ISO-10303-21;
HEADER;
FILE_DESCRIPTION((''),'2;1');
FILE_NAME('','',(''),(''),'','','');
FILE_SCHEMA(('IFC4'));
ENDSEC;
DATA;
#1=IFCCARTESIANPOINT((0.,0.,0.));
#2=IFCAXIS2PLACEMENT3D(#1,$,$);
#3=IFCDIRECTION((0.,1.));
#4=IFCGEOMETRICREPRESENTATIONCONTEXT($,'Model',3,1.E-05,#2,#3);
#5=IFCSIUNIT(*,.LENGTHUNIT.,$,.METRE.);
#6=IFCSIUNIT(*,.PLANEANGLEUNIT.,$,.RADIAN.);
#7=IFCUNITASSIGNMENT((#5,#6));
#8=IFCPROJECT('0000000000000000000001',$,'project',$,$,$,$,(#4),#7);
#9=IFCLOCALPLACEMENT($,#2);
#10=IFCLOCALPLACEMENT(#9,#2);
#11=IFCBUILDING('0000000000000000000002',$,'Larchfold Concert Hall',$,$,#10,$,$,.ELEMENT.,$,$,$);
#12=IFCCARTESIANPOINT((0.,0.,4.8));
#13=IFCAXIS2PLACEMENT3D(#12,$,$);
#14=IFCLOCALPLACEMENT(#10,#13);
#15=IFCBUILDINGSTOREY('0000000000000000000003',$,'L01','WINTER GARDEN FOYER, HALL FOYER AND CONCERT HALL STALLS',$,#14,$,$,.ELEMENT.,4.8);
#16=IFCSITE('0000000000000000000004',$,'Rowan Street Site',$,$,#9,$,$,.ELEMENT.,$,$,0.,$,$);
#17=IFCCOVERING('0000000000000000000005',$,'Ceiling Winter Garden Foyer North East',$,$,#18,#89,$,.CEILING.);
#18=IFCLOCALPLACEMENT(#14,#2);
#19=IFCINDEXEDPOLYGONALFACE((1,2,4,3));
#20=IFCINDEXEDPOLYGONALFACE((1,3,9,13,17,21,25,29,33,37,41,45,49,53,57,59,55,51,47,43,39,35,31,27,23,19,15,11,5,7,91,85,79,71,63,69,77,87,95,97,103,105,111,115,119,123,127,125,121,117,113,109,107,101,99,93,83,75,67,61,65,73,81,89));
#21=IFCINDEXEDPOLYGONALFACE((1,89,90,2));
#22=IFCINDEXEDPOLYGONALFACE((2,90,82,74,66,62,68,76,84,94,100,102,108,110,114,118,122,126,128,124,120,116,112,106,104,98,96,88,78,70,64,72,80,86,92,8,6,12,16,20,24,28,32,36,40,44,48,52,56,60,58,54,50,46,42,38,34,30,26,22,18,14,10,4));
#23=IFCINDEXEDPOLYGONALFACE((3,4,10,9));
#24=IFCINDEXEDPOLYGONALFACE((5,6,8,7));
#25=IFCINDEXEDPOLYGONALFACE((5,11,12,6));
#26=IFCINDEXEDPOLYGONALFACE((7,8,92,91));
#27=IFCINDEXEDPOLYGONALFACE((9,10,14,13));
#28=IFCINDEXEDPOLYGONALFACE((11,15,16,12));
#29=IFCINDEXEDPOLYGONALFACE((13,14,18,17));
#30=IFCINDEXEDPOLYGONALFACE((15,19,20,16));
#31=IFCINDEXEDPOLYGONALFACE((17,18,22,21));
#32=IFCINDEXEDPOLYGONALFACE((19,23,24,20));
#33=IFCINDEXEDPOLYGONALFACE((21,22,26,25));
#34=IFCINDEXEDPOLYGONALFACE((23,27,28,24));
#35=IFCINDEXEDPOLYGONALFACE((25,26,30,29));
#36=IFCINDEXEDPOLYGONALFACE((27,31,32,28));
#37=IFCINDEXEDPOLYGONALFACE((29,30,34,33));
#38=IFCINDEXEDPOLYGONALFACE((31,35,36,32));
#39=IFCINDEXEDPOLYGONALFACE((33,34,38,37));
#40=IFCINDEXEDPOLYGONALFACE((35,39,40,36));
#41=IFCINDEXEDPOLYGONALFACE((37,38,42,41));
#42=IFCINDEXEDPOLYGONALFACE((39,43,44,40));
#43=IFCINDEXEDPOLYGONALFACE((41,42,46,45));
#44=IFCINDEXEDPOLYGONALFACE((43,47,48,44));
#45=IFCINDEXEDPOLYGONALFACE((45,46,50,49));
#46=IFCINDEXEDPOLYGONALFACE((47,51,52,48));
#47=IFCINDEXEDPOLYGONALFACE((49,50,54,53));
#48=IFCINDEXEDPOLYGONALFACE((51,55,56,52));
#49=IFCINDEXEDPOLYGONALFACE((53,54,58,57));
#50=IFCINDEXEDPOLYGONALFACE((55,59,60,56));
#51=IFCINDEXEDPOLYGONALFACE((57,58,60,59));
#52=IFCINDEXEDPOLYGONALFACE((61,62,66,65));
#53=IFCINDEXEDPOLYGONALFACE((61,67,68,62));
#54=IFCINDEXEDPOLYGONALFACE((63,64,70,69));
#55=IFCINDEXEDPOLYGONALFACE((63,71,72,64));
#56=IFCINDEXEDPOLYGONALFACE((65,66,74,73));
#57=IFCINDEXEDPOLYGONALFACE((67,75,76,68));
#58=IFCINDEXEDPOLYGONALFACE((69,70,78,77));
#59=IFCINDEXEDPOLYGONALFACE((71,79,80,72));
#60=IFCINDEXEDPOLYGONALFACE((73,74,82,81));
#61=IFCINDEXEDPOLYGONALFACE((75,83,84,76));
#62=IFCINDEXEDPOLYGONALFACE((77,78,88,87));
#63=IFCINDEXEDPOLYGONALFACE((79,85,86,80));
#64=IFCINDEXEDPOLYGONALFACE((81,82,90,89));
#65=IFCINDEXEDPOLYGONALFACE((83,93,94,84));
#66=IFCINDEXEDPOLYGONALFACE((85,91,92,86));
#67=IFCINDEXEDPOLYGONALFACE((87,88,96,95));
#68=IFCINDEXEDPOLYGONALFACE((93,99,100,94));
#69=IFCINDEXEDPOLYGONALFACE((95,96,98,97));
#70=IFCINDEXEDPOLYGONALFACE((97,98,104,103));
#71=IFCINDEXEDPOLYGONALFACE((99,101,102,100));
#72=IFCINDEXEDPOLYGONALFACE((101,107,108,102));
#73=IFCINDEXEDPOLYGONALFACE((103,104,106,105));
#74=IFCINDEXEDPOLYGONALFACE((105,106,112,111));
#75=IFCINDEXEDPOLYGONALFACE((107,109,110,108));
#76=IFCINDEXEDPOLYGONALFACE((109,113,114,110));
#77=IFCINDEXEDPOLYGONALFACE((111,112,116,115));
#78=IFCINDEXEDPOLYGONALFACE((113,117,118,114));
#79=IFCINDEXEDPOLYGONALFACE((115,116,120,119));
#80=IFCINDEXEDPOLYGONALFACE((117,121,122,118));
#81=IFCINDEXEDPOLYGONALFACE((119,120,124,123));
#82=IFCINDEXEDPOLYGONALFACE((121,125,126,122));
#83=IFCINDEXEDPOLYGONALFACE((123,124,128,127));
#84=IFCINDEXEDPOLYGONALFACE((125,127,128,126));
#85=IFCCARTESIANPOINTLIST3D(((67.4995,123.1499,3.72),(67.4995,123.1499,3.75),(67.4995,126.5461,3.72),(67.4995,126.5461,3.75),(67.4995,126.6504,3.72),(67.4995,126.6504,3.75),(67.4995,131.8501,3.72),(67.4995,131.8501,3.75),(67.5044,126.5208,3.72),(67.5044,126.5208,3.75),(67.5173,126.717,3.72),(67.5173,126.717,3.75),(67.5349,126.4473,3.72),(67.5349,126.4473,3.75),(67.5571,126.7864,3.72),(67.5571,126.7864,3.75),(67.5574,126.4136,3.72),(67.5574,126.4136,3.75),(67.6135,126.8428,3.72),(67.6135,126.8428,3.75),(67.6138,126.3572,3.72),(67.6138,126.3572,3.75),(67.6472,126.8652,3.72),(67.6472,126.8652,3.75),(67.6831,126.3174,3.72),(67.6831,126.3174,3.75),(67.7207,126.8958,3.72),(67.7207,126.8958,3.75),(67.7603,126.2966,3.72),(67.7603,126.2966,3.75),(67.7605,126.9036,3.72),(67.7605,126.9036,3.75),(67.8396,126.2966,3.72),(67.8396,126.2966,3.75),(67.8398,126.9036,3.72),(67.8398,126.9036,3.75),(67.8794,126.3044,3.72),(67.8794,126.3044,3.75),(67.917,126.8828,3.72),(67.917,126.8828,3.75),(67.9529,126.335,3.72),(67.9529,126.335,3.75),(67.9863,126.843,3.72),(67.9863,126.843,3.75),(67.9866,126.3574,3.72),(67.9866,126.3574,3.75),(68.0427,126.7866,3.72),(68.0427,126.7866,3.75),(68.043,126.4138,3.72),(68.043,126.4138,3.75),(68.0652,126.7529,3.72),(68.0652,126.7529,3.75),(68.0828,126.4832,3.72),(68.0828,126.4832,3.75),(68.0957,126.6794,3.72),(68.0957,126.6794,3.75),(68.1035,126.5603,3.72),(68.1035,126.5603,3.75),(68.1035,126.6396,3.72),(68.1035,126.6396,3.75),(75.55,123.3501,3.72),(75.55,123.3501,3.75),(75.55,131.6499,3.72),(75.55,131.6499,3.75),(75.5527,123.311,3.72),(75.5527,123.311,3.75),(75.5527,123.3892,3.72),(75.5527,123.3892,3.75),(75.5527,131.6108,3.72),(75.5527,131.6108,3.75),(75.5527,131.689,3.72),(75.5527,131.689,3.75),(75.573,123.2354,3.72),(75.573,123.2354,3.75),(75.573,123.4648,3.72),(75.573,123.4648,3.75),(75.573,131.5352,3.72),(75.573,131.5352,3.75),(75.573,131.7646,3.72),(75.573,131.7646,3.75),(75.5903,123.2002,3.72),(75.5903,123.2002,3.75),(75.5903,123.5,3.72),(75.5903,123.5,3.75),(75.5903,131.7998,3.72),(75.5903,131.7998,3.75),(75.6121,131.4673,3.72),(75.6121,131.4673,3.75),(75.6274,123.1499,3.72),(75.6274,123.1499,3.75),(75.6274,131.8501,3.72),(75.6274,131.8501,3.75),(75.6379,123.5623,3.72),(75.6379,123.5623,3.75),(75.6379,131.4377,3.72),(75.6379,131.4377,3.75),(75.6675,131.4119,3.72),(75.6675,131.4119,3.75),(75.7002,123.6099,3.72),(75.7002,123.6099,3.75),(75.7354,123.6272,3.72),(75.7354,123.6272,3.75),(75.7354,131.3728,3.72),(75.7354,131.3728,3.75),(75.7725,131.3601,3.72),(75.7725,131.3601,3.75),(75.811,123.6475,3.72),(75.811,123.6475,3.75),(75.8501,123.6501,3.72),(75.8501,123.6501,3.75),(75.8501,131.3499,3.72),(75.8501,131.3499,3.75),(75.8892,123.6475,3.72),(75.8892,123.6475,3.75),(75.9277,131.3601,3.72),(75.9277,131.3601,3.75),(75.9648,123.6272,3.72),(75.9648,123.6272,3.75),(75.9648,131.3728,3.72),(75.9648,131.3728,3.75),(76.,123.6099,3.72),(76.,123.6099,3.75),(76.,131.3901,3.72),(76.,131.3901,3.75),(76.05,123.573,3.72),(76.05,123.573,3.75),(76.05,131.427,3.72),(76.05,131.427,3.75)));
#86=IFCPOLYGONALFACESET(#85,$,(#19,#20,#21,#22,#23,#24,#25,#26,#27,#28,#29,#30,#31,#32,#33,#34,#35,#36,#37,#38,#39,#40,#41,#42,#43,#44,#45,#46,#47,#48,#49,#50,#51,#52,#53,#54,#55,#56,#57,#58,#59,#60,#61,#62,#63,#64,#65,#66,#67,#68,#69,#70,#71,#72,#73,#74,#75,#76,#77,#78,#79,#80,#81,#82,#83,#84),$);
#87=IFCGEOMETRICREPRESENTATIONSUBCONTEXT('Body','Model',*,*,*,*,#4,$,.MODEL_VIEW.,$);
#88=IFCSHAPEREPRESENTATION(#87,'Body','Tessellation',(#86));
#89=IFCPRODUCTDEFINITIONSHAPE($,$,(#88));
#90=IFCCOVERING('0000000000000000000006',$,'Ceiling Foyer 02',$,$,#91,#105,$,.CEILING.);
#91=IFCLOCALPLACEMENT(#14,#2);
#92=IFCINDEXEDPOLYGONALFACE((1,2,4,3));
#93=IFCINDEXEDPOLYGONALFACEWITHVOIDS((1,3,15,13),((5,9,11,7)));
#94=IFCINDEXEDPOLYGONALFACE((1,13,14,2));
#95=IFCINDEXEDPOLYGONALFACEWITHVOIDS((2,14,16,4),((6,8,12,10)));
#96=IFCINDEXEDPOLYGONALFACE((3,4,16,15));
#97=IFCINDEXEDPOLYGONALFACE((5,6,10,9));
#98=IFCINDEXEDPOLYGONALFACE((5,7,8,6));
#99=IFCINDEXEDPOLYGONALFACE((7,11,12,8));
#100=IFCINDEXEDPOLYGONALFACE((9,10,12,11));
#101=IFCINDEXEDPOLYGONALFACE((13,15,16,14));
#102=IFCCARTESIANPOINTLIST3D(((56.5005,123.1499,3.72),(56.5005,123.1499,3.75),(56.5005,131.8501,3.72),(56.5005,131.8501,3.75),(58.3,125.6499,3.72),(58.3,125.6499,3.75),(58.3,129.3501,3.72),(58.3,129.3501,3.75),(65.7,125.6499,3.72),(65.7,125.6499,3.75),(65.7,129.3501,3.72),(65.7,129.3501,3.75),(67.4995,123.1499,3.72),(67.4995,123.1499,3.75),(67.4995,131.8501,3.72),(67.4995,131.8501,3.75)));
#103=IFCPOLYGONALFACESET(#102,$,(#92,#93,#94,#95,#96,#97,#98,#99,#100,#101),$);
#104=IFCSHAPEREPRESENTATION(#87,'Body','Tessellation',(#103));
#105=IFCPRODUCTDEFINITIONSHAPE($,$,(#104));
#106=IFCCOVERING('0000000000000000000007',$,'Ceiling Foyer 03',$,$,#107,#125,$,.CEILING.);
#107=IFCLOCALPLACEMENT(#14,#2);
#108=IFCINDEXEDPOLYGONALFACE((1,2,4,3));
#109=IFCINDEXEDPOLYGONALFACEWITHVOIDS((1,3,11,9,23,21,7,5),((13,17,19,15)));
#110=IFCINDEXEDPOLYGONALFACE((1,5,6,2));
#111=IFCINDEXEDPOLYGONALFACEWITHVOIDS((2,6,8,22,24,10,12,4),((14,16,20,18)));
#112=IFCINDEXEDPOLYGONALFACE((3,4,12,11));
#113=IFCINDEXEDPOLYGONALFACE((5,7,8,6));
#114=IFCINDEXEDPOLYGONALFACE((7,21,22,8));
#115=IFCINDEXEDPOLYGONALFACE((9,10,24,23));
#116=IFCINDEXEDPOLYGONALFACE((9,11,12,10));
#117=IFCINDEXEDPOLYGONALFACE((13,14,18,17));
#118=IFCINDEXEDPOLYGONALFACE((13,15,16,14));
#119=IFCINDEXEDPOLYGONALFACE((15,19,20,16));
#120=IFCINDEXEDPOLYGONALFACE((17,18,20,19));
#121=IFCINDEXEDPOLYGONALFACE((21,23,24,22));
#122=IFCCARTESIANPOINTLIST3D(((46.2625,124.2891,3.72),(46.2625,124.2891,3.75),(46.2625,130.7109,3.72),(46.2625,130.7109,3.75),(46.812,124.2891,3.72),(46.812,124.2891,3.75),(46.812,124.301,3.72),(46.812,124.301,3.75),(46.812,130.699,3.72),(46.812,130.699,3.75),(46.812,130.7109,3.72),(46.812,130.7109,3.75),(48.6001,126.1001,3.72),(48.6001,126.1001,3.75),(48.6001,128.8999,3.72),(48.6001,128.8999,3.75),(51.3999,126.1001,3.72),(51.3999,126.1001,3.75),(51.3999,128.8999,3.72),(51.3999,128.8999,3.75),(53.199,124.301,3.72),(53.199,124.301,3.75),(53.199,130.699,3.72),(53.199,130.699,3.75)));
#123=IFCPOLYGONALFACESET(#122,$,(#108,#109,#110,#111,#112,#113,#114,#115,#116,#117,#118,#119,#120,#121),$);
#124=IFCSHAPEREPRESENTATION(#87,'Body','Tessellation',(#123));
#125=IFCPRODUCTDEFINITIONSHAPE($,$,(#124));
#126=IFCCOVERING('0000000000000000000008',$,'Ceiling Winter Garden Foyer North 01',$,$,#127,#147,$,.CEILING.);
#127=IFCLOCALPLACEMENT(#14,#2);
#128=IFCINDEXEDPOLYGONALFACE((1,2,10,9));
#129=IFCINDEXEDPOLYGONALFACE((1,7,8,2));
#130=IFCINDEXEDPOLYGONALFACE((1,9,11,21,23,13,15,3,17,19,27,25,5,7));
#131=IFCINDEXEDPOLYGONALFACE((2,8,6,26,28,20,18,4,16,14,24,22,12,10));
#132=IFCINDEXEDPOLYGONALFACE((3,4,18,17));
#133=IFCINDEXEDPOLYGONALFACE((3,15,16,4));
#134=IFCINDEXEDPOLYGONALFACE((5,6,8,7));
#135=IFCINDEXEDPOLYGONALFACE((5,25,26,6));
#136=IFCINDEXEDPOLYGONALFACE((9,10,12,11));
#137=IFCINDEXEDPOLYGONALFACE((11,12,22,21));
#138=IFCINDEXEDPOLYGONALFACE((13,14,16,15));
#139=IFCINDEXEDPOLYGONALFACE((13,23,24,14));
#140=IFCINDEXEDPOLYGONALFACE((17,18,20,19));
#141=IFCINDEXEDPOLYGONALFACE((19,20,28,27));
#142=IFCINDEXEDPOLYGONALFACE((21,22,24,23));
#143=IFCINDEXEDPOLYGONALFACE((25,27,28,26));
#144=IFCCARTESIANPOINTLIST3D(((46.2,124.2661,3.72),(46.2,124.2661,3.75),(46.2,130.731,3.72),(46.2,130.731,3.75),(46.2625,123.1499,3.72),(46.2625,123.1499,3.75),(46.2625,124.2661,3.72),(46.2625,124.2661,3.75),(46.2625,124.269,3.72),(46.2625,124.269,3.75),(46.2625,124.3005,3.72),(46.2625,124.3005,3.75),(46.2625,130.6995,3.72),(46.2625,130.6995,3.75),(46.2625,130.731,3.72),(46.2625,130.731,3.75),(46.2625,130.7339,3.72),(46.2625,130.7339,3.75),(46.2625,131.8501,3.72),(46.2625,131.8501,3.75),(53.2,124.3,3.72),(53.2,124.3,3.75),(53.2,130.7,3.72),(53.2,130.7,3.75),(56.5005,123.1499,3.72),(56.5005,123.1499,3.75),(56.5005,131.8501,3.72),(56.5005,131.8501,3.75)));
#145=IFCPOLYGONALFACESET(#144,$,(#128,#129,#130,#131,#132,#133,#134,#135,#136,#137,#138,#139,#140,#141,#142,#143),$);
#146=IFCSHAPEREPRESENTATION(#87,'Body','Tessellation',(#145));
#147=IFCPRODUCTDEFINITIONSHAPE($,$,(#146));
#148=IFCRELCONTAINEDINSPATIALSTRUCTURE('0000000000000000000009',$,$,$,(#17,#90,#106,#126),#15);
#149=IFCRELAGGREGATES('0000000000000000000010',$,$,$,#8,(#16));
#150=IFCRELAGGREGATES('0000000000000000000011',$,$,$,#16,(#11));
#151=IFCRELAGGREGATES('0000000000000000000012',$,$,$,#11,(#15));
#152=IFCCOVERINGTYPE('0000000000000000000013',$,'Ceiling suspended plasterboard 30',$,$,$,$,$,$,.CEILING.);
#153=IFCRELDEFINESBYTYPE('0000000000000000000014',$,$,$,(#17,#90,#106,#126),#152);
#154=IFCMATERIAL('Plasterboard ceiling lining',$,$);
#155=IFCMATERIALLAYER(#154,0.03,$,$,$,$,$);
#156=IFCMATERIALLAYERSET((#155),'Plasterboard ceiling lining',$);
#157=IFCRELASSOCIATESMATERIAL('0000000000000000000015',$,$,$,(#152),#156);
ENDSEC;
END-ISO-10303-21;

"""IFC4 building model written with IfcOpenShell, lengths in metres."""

from ifc_helpers import new_model, si_unit, direction, frame, origin, place, context, subcontext, project, spatial, polyline, outline, extrude, material, layer, layer_set, type_object, element, save


model = new_model("IFC4")

# Units and contexts
model_context = context("Model", 3, precision=1e-05, world=origin(), true_north=direction((0.0, 1.0)))
body_context = subcontext(model_context, "Body", "Model", "MODEL_VIEW")
ifc_project = project(units=[si_unit("LENGTHUNIT", "METRE"), si_unit("PLANEANGLEUNIT", "RADIAN")], contexts=[model_context])

# Site, building, storey
site_placement = place(None, origin())
site = spatial("IfcSite", under=ifc_project, at=site_placement, Name="Rowan Street Site", CompositionType="ELEMENT", RefElevation=0.0)
building_placement = place(site_placement, origin())
building = spatial("IfcBuilding", under=site, at=building_placement, Name="Larchfold Concert Hall", CompositionType="ELEMENT")
storey_placement = place(building_placement, frame((0.0, 0.0, 4.8)))
storey = spatial("IfcBuildingStorey", under=building, at=storey_placement, Name="L01", Description="WINTER GARDEN FOYER, HALL FOYER AND CONCERT HALL STALLS", CompositionType="ELEMENT", Elevation=4.8)

# Coverings
ifc_material_1 = material(Name="Plasterboard ceiling lining")
ifc_layer_1 = layer(ifc_material_1, 0.03)
ifc_layer_set_1 = layer_set([ifc_layer_1], Name="Plasterboard ceiling lining")
covering_type_1 = type_object("IfcCoveringType", Name="Ceiling suspended plasterboard 30", PredefinedType="CEILING", material=ifc_layer_set_1)
covering_1_placement = place(storey_placement, frame((0.0, 0.0, 3.72)))
element("IfcCovering", 1, at=covering_1_placement, inside=storey, type_object=covering_type_1, Name="Ceiling Winter Garden Foyer North East", PredefinedType="CEILING", context=body_context, shape_type="SweptSolid", body=[
    extrude(outline(polyline([(75.6274, 131.8501), (67.4995, 131.8501), (67.4995, 126.6504), (67.5173, 126.717), (67.5571, 126.7864), (67.6135, 126.8428), (67.6472, 126.8652), (67.7207, 126.8958), (67.7605, 126.9036), (67.8398, 126.9036), (67.917, 126.8828), (67.9863, 126.843), (68.0427, 126.7866), (68.0652, 126.7529), (68.0957, 126.6794), (68.1035, 126.6396), (68.1035, 126.5603), (68.0828, 126.4832), (68.043, 126.4138), (67.9866, 126.3574), (67.9529, 126.335), (67.8794, 126.3044), (67.8396, 126.2966), (67.7603, 126.2966), (67.6831, 126.3174), (67.6138, 126.3572), (67.5574, 126.4136), (67.5349, 126.4473), (67.5044, 126.5208), (67.4995, 126.5461), (67.4995, 123.1499), (75.6274, 123.1499), (75.5903, 123.2002), (75.573, 123.2354), (75.5527, 123.311), (75.55, 123.3501), (75.5527, 123.3892), (75.573, 123.4648), (75.5903, 123.5), (75.6379, 123.5623), (75.7002, 123.6099), (75.7354, 123.6272), (75.811, 123.6475), (75.8501, 123.6501), (75.8892, 123.6475), (75.9648, 123.6272), (76.0, 123.6099), (76.05, 123.573), (76.05, 131.427), (76.0, 131.3901), (75.9648, 131.3728), (75.9277, 131.3601), (75.8501, 131.3499), (75.7725, 131.3601), (75.7354, 131.3728), (75.6675, 131.4119), (75.6379, 131.4377), (75.6121, 131.4673), (75.573, 131.5352), (75.5527, 131.6108), (75.55, 131.6499), (75.5527, 131.689), (75.573, 131.7646), (75.5903, 131.7998), (75.6274, 131.8501)])), origin(), (0.0, 0.0, 1.0), 0.03),
])
covering_2_placement = place(storey_placement, frame((0.0, 0.0, 3.72)))
element("IfcCovering", 2, at=covering_2_placement, inside=storey, type_object=covering_type_1, Name="Ceiling Foyer 02", PredefinedType="CEILING", context=body_context, shape_type="SweptSolid", body=[
    extrude(outline(polyline([(67.4995, 131.8501), (56.5005, 131.8501), (56.5005, 123.1499), (67.4995, 123.1499), (67.4995, 131.8501)]), holes=[polyline([(65.7, 125.6499), (58.3, 125.6499), (58.3, 129.3501), (65.7, 129.3501), (65.7, 125.6499)])]), origin(), (0.0, 0.0, 1.0), 0.03),
])
covering_3_placement = place(storey_placement, frame((0.0, 0.0, 3.72)))
element("IfcCovering", 3, at=covering_3_placement, inside=storey, type_object=covering_type_1, Name="Ceiling Foyer 03", PredefinedType="CEILING", context=body_context, shape_type="SweptSolid", body=[
    extrude(outline(polyline([(46.2625, 124.2891), (46.812, 124.2891), (46.812, 124.301), (53.199, 124.301), (53.199, 130.699), (46.812, 130.699), (46.812, 130.7109), (46.2625, 130.7109), (46.2625, 124.2891)]), holes=[polyline([(48.6001, 126.1001), (48.6001, 128.8999), (51.3999, 128.8999), (51.3999, 126.1001), (48.6001, 126.1001)])]), origin(), (0.0, 0.0, 1.0), 0.03),
])
covering_4_placement = place(storey_placement, frame((0.0, 0.0, 3.72)))
element("IfcCovering", 4, at=covering_4_placement, inside=storey, type_object=covering_type_1, Name="Ceiling Winter Garden Foyer North 01", PredefinedType="CEILING", context=body_context, shape_type="SweptSolid", body=[
    extrude(outline(polyline([(46.2625, 131.8501), (46.2625, 130.7339), (46.2, 130.731), (46.2625, 130.731), (46.2625, 130.6995), (53.2, 130.7), (53.2, 124.3), (46.2625, 124.3005), (46.2625, 124.269), (46.2, 124.2661), (46.2625, 124.2661), (46.2625, 123.1499), (56.5005, 123.1499), (56.5005, 131.8501), (46.2625, 131.8501)])), origin(), (0.0, 0.0, 1.0), 0.03),
])

save(model, "model.ifc")
